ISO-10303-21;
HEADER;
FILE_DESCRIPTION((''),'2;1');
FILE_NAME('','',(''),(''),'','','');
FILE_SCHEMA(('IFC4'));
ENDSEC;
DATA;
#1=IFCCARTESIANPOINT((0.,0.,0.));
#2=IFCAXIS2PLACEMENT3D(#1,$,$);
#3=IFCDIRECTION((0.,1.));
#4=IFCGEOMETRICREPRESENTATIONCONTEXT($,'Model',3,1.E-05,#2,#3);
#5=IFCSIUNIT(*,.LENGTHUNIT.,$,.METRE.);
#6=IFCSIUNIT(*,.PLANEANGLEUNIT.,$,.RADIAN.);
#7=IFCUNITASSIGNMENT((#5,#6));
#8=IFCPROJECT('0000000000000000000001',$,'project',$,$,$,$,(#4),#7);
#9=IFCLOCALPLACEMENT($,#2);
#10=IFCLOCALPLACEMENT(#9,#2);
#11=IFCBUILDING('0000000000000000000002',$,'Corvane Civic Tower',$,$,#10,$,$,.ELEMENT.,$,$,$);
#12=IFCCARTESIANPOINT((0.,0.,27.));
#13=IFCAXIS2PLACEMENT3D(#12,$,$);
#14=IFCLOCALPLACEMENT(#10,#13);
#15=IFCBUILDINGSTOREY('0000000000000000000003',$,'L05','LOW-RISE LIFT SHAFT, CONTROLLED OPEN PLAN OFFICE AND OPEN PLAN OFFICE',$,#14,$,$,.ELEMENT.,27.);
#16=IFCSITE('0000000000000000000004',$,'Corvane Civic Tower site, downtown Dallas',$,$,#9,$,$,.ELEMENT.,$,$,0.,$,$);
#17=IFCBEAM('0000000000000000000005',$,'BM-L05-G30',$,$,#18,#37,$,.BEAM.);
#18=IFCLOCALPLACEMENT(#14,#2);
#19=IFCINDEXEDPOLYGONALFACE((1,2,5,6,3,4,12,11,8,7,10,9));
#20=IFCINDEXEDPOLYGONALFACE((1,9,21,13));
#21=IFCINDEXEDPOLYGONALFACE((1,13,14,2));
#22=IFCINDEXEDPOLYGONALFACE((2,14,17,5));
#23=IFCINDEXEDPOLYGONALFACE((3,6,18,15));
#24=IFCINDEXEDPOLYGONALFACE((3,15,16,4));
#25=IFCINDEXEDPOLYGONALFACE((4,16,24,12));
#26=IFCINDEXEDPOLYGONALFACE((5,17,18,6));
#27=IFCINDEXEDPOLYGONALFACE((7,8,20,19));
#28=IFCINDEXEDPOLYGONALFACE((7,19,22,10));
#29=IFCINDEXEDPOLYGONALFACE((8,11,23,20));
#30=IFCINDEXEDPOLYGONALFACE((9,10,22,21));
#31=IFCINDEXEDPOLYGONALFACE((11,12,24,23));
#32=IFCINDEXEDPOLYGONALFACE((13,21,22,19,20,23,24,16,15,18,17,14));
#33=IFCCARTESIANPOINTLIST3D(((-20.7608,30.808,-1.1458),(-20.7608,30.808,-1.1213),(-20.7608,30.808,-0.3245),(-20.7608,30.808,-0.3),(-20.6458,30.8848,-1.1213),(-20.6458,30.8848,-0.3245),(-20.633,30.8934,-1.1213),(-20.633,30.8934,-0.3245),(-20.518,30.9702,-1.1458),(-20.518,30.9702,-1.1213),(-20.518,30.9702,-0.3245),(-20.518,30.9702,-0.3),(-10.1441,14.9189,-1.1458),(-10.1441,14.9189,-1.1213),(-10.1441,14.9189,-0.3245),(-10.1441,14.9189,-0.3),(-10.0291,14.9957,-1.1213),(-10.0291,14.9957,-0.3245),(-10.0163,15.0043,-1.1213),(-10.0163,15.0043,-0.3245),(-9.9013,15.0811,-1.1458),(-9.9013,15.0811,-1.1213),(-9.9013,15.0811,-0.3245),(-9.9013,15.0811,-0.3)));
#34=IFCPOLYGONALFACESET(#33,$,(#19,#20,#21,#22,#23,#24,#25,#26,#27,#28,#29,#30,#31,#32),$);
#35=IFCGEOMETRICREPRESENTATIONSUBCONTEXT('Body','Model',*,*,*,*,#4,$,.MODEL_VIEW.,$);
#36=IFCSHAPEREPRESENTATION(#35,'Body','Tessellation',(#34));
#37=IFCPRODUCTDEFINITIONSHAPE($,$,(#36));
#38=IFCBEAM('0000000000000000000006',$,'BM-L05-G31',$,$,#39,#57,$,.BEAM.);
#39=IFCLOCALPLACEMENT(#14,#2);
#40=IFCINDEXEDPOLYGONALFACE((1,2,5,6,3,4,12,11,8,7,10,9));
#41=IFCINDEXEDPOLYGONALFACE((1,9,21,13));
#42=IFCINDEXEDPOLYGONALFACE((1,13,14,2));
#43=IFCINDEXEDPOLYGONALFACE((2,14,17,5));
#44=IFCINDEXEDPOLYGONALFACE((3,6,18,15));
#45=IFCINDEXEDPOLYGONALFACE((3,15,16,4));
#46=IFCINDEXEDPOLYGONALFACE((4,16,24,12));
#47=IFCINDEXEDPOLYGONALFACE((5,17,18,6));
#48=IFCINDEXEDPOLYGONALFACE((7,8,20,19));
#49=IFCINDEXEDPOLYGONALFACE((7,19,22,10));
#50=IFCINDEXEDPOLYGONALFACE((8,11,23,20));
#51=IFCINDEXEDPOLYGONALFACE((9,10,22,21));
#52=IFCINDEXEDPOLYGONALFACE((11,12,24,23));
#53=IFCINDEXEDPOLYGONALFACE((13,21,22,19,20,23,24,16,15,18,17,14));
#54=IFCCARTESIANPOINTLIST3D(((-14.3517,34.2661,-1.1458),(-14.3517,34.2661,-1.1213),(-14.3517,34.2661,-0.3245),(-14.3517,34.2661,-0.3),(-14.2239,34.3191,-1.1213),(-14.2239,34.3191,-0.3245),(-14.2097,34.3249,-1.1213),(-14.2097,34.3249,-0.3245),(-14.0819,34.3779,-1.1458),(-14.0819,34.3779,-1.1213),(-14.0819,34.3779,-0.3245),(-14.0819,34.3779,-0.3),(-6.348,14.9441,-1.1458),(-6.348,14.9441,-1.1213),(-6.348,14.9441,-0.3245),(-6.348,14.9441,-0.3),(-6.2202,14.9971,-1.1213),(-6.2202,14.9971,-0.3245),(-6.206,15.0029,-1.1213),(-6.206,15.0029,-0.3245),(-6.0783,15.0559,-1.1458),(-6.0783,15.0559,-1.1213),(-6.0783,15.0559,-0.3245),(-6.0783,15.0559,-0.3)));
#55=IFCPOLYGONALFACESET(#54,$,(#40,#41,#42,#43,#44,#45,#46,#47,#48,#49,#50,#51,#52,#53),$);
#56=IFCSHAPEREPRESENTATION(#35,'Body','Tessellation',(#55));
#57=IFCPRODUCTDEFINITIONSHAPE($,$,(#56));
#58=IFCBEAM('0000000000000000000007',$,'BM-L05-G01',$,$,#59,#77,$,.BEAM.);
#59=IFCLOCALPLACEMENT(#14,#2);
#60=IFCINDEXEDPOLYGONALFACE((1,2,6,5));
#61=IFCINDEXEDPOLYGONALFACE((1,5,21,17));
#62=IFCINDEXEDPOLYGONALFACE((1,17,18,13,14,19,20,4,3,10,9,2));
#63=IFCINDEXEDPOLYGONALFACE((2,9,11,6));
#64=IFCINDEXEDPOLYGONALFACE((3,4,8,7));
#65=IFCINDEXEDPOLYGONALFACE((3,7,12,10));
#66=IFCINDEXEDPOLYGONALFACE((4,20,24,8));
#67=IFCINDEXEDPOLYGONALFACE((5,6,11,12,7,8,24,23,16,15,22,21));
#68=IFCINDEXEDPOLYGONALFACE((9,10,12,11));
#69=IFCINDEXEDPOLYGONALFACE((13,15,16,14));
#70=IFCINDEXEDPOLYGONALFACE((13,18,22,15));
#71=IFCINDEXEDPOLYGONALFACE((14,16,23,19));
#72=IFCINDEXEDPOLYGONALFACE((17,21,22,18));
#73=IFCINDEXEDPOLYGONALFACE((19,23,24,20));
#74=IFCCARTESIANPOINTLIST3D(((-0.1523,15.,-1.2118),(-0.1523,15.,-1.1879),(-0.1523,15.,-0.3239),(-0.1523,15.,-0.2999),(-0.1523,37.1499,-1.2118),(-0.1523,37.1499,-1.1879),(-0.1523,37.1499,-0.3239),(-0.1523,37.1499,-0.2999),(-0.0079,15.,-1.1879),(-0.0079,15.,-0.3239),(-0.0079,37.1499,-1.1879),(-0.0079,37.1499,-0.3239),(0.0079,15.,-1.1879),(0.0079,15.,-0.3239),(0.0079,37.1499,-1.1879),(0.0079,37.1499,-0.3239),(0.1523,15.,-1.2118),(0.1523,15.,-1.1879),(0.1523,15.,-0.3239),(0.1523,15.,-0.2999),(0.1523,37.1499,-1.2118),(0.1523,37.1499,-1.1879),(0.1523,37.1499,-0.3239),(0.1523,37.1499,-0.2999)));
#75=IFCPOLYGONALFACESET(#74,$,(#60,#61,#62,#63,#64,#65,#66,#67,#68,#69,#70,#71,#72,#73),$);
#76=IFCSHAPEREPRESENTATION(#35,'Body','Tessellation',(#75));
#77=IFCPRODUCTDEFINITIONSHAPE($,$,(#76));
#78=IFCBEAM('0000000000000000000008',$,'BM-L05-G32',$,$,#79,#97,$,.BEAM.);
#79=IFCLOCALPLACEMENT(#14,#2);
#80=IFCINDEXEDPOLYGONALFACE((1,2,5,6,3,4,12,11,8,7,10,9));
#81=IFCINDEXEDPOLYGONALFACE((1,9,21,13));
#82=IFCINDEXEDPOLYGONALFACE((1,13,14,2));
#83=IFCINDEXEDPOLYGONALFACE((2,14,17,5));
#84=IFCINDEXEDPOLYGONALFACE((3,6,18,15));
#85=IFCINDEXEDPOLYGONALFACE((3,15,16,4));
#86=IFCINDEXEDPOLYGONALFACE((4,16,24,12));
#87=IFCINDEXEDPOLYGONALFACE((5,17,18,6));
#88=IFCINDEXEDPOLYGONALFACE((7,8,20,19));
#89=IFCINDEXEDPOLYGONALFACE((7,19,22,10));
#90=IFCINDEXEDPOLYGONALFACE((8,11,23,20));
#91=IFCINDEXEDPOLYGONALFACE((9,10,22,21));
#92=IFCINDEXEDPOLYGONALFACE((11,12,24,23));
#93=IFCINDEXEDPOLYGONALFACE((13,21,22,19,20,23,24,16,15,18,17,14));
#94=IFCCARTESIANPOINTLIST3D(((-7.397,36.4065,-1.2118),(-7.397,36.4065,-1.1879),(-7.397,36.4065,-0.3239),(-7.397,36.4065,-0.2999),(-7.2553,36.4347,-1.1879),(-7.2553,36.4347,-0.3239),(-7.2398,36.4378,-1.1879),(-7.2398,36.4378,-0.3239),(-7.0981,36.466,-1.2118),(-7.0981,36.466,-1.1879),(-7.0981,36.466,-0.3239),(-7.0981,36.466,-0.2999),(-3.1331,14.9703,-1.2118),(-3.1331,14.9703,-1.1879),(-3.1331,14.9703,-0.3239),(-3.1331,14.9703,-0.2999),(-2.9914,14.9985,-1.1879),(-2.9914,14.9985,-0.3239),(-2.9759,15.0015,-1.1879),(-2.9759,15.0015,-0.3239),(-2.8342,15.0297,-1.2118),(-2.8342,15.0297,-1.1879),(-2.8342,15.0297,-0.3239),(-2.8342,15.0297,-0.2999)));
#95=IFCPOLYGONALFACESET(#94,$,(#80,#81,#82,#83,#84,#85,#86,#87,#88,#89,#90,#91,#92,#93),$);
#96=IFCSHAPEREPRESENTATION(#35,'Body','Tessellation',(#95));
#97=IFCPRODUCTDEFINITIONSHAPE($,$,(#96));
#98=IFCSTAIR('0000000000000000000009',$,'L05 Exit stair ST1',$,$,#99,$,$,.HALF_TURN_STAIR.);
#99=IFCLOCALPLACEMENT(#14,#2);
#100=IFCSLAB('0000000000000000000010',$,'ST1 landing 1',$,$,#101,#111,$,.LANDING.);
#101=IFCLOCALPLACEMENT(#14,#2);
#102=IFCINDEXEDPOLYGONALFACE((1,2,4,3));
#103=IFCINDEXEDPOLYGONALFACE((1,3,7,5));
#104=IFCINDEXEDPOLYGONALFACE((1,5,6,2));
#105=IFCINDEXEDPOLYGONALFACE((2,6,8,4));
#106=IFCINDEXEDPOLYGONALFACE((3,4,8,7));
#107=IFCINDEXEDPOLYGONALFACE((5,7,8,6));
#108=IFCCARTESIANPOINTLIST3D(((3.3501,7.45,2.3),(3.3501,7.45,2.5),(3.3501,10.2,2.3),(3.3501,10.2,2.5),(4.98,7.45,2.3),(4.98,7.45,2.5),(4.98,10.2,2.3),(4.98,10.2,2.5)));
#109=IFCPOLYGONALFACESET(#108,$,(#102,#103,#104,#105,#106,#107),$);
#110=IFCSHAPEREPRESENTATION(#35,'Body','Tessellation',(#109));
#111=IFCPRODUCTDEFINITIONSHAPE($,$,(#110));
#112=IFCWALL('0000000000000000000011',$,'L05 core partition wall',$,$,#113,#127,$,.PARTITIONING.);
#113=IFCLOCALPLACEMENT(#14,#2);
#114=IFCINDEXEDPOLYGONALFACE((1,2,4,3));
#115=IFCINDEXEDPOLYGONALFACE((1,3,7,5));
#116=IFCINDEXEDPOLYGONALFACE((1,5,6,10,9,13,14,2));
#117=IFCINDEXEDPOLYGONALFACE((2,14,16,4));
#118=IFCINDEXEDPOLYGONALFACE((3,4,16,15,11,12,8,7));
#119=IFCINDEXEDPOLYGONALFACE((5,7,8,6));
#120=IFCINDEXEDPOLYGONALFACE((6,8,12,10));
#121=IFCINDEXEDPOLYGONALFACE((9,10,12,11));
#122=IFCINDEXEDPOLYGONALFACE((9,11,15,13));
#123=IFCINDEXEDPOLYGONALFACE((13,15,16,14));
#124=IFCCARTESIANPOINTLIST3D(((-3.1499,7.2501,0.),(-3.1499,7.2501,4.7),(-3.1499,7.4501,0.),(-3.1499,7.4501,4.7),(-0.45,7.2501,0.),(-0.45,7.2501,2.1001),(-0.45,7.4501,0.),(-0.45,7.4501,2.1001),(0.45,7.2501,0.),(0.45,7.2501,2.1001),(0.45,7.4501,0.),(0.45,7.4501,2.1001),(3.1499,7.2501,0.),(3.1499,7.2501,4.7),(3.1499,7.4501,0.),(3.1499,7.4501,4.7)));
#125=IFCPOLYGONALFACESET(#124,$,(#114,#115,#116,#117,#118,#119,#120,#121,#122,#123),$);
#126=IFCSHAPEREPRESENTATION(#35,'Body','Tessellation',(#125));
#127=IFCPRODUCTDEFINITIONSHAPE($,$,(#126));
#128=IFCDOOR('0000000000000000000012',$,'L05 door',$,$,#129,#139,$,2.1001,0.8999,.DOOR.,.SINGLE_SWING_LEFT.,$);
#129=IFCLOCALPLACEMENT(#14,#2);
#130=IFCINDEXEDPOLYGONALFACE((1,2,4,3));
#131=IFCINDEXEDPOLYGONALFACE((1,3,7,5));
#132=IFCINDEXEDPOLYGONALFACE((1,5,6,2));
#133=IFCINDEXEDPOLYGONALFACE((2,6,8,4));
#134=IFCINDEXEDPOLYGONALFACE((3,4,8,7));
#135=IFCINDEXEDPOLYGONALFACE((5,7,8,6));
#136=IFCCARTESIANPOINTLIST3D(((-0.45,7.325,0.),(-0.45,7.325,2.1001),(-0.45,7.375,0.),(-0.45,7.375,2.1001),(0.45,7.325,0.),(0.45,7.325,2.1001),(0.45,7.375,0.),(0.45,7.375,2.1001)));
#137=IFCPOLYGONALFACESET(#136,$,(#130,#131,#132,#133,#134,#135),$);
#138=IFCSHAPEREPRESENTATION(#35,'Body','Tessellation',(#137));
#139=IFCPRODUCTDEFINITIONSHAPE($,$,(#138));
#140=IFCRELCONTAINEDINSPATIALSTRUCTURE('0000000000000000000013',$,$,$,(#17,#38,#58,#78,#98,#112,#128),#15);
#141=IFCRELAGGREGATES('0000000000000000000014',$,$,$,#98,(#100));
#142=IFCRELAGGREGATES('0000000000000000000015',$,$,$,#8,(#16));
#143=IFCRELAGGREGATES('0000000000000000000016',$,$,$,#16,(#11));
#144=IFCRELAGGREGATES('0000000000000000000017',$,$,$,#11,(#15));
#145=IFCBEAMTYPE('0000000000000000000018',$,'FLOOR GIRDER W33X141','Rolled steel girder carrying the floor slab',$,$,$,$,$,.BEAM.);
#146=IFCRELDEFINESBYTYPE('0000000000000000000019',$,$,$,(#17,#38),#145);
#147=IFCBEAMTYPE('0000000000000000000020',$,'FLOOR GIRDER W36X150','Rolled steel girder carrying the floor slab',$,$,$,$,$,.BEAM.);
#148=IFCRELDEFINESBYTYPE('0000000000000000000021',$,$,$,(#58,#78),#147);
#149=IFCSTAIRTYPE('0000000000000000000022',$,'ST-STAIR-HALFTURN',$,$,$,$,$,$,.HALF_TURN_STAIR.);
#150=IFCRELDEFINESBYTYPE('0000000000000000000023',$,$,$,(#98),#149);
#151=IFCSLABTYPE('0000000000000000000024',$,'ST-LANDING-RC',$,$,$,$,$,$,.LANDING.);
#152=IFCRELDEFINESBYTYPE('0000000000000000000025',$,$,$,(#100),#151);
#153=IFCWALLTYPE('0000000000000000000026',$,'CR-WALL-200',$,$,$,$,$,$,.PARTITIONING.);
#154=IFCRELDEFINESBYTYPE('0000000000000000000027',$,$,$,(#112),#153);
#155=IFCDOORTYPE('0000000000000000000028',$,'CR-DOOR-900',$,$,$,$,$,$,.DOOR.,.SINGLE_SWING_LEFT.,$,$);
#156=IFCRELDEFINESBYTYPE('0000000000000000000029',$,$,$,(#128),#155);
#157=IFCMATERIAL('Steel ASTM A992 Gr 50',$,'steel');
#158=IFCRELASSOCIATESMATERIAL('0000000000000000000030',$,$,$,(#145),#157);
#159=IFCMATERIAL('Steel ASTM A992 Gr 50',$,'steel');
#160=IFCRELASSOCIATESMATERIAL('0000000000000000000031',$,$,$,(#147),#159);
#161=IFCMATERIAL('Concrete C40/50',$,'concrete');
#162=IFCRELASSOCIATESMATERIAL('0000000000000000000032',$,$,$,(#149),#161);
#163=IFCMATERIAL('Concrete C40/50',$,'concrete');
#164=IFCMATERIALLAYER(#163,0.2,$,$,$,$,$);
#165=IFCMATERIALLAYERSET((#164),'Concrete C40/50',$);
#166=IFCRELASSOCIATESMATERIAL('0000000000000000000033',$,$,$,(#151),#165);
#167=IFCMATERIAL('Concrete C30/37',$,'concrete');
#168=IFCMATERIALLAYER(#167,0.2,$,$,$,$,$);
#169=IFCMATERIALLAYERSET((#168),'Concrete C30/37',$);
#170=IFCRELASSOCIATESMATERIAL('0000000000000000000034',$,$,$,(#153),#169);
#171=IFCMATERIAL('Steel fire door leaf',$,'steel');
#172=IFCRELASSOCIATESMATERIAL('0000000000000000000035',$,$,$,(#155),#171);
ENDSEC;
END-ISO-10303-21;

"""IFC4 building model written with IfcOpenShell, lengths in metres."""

from ifc_helpers import new_model, si_unit, direction, frame, frame_2d, origin, origin_2d, place, context, subcontext, project, spatial, polyline, rectangle, i_section, outline, extrude, material, layer, layer_set, material_profile, profile_set, type_object, element, fill, aggregate, save


model = new_model("IFC4")

# Units and contexts
model_context = context("Model", 3, precision=1e-05, world=origin(), true_north=direction((0.0, 1.0)))
body_context = subcontext(model_context, "Body", "Model", "MODEL_VIEW")
ifc_project = project(units=[si_unit("LENGTHUNIT", "METRE"), si_unit("PLANEANGLEUNIT", "RADIAN")], contexts=[model_context])

# Site, building, storey
site_placement = place(None, origin())
site = spatial("IfcSite", under=ifc_project, at=site_placement, Name="Corvane Civic Tower site, downtown Dallas", CompositionType="ELEMENT", RefElevation=0.0)
building_placement = place(site_placement, origin())
building = spatial("IfcBuilding", under=site, at=building_placement, Name="Corvane Civic Tower", CompositionType="ELEMENT")
storey_placement = place(building_placement, frame((0.0, 0.0, 27.0)))
storey = spatial("IfcBuildingStorey", under=building, at=storey_placement, Name="L05", Description="LOW-RISE LIFT SHAFT, CONTROLLED OPEN PLAN OFFICE AND OPEN PLAN OFFICE", CompositionType="ELEMENT", Elevation=27.0)

# Beams
ifc_material_1 = material(Name="Steel ASTM A992 Gr 50", Category="steel")
ifc_material_profile_1 = material_profile(ifc_material_1, i_section(OverallWidth=0.292, OverallDepth=0.8457, WebThickness=0.0154, FlangeThickness=0.0244, at=origin_2d()), Name="W33X141")
ifc_profile_set_1 = profile_set([ifc_material_profile_1], Name="Steel ASTM A992 Gr 50")
beam_type_1 = type_object("IfcBeamType", Name="FLOOR GIRDER W33X141", Description="Rolled steel girder carrying the floor slab", PredefinedType="BEAM", material=ifc_profile_set_1)
beam_1_placement = place(storey_placement, frame((-10.0227, 15.0, -0.7229), z_axis=(-0.555567, 0.831472, 0.0), x_axis=(-0.831472, -0.555567, 0.0)))
element("IfcBeam", 1, at=beam_1_placement, inside=storey, type_object=beam_type_1, Name="BM-L05-G30", PredefinedType="BEAM", context=body_context, shape_type="SweptSolid", body=[
    extrude(i_section(OverallWidth=0.292, OverallDepth=0.8457, WebThickness=0.0154, FlangeThickness=0.0244, at=origin_2d()), origin(), (0.0, 0.0, 1.0), 19.1096),
])
beam_2_placement = place(storey_placement, frame((-6.2131, 15.0, -0.7229), z_axis=(-0.382692, 0.923876, 0.0), x_axis=(-0.923876, -0.382692, 0.0)))
element("IfcBeam", 2, at=beam_2_placement, inside=storey, type_object=beam_type_1, Name="BM-L05-G31", PredefinedType="BEAM", context=body_context, shape_type="SweptSolid", body=[
    extrude(i_section(OverallWidth=0.292, OverallDepth=0.8457, WebThickness=0.0154, FlangeThickness=0.0244, at=origin_2d()), origin(), (0.0, 0.0, 1.0), 20.9141),
])
ifc_material_2 = material(Name="Steel ASTM A992 Gr 50", Category="steel")
ifc_material_profile_2 = material_profile(ifc_material_2, i_section(OverallWidth=0.3047, OverallDepth=0.9119, WebThickness=0.0159, FlangeThickness=0.0239, at=origin_2d()), Name="W36X150")
ifc_profile_set_2 = profile_set([ifc_material_profile_2], Name="Steel ASTM A992 Gr 50")
beam_type_2 = type_object("IfcBeamType", Name="FLOOR GIRDER W36X150", Description="Rolled steel girder carrying the floor slab", PredefinedType="BEAM", material=ifc_profile_set_2)
beam_3_placement = place(storey_placement, frame((0.0, 15.0, -0.7559), z_axis=(0.0, 1.0, 0.0), x_axis=(-1.0, 0.0, 0.0)))
element("IfcBeam", 3, at=beam_3_placement, inside=storey, type_object=beam_type_2, Name="BM-L05-G01", PredefinedType="BEAM", context=body_context, shape_type="SweptSolid", body=[
    extrude(i_section(OverallWidth=0.3047, OverallDepth=0.9119, WebThickness=0.0159, FlangeThickness=0.0239, at=origin_2d()), origin(), (0.0, 0.0, 1.0), 22.1499),
])
beam_4_placement = place(storey_placement, frame((-2.9836, 15.0, -0.7559), z_axis=(-0.195089, 0.980785, 0.0), x_axis=(-0.980785, -0.195089, 0.0)))
element("IfcBeam", 4, at=beam_4_placement, inside=storey, type_object=beam_type_2, Name="BM-L05-G32", PredefinedType="BEAM", context=body_context, shape_type="SweptSolid", body=[
    extrude(i_section(OverallWidth=0.3047, OverallDepth=0.9119, WebThickness=0.0159, FlangeThickness=0.0239, at=origin_2d()), origin(), (0.0, 0.0, 1.0), 21.8562),
])

# Stair, slab
ifc_material_3 = material(Name="Concrete C40/50", Category="concrete")
stair_type = type_object("IfcStairType", Name="ST-STAIR-HALFTURN", PredefinedType="HALF_TURN_STAIR", material=ifc_material_3)
stair_1_placement = place(storey_placement, origin())
stair_1 = element("IfcStair", 5, at=stair_1_placement, inside=storey, type_object=stair_type, Name="L05 Exit stair ST1", PredefinedType="HALF_TURN_STAIR")
ifc_material_4 = material(Name="Concrete C40/50", Category="concrete")
ifc_layer_1 = layer(ifc_material_4, 0.2)
ifc_layer_set_1 = layer_set([ifc_layer_1], Name="Concrete C40/50")
slab_type = type_object("IfcSlabType", Name="ST-LANDING-RC", PredefinedType="LANDING", material=ifc_layer_set_1)
slab_placement = place(storey_placement, frame((0.0, 0.0, 2.3)))
slab = element("IfcSlab", 6, at=slab_placement, type_object=slab_type, Name="ST1 landing 1", PredefinedType="LANDING", context=body_context, shape_type="SweptSolid", body=[
    extrude(outline(polyline([(4.98, 10.2), (3.3501, 10.2), (3.3501, 7.45), (4.98, 7.45), (4.98, 10.2)])), origin(), (0.0, 0.0, 1.0), 0.2),
])
aggregate(stair_1, [slab])

# Wall, opening, door
ifc_material_5 = material(Name="Concrete C30/37", Category="concrete")
ifc_layer_2 = layer(ifc_material_5, 0.2)
ifc_layer_set_2 = layer_set([ifc_layer_2], Name="Concrete C30/37")
wall_type_1 = type_object("IfcWallType", Name="CR-WALL-200", PredefinedType="PARTITIONING", material=ifc_layer_set_2)
wall_1_placement = place(storey_placement, frame((-3.1499, 7.3501, 0.0), z_axis=(0.0, 0.0, 1.0), x_axis=(1.0, 0.0, 0.0)))
wall_1 = element("IfcWall", 7, at=wall_1_placement, inside=storey, type_object=wall_type_1, Name="L05 core partition wall", PredefinedType="PARTITIONING", context=body_context, shape_type="SweptSolid", body=[
    extrude(rectangle(XDim=6.2998, YDim=0.2, at=frame_2d((3.1499, 0.0))), origin(), (0.0, 0.0, 1.0), 4.7),
])
opening_1_placement = place(wall_1_placement, frame((2.7, 0.0, 0.0)))
opening_1 = element("IfcOpeningElement", 8, at=opening_1_placement, cuts=wall_1, PredefinedType="OPENING", context=body_context, shape_type="SweptSolid", body=[
    extrude(rectangle(XDim=0.8999, YDim=2.1001, at=frame_2d((0.45, 1.05))), frame((0.0, 0.1099, 0.0), z_axis=(0.0, -1.0, 0.0), x_axis=(1.0, 0.0, 0.0)), (0.0, 0.0, 1.0), 0.22),
])
ifc_material_6 = material(Name="Steel fire door leaf", Category="steel")
door_type_1 = type_object("IfcDoorType", Name="CR-DOOR-900", OperationType="SINGLE_SWING_LEFT", PredefinedType="DOOR", material=ifc_material_6)
door_1_placement = place(opening_1_placement, origin())
door_1 = element("IfcDoor", 9, at=door_1_placement, inside=storey, type_object=door_type_1, Name="L05 door", OperationType="SINGLE_SWING_LEFT", OverallHeight=2.1001, OverallWidth=0.8999, PredefinedType="DOOR", context=body_context, shape_type="SweptSolid", body=[
    extrude(rectangle(XDim=0.8999, YDim=2.1001, at=frame_2d((0.45, 1.05))), frame((0.0, 0.0249, 0.0), z_axis=(0.0, -1.0, 0.0), x_axis=(1.0, 0.0, 0.0)), (0.0, 0.0, 1.0), 0.05),
])
fill(opening_1, door_1)

save(model, "model.ifc")
